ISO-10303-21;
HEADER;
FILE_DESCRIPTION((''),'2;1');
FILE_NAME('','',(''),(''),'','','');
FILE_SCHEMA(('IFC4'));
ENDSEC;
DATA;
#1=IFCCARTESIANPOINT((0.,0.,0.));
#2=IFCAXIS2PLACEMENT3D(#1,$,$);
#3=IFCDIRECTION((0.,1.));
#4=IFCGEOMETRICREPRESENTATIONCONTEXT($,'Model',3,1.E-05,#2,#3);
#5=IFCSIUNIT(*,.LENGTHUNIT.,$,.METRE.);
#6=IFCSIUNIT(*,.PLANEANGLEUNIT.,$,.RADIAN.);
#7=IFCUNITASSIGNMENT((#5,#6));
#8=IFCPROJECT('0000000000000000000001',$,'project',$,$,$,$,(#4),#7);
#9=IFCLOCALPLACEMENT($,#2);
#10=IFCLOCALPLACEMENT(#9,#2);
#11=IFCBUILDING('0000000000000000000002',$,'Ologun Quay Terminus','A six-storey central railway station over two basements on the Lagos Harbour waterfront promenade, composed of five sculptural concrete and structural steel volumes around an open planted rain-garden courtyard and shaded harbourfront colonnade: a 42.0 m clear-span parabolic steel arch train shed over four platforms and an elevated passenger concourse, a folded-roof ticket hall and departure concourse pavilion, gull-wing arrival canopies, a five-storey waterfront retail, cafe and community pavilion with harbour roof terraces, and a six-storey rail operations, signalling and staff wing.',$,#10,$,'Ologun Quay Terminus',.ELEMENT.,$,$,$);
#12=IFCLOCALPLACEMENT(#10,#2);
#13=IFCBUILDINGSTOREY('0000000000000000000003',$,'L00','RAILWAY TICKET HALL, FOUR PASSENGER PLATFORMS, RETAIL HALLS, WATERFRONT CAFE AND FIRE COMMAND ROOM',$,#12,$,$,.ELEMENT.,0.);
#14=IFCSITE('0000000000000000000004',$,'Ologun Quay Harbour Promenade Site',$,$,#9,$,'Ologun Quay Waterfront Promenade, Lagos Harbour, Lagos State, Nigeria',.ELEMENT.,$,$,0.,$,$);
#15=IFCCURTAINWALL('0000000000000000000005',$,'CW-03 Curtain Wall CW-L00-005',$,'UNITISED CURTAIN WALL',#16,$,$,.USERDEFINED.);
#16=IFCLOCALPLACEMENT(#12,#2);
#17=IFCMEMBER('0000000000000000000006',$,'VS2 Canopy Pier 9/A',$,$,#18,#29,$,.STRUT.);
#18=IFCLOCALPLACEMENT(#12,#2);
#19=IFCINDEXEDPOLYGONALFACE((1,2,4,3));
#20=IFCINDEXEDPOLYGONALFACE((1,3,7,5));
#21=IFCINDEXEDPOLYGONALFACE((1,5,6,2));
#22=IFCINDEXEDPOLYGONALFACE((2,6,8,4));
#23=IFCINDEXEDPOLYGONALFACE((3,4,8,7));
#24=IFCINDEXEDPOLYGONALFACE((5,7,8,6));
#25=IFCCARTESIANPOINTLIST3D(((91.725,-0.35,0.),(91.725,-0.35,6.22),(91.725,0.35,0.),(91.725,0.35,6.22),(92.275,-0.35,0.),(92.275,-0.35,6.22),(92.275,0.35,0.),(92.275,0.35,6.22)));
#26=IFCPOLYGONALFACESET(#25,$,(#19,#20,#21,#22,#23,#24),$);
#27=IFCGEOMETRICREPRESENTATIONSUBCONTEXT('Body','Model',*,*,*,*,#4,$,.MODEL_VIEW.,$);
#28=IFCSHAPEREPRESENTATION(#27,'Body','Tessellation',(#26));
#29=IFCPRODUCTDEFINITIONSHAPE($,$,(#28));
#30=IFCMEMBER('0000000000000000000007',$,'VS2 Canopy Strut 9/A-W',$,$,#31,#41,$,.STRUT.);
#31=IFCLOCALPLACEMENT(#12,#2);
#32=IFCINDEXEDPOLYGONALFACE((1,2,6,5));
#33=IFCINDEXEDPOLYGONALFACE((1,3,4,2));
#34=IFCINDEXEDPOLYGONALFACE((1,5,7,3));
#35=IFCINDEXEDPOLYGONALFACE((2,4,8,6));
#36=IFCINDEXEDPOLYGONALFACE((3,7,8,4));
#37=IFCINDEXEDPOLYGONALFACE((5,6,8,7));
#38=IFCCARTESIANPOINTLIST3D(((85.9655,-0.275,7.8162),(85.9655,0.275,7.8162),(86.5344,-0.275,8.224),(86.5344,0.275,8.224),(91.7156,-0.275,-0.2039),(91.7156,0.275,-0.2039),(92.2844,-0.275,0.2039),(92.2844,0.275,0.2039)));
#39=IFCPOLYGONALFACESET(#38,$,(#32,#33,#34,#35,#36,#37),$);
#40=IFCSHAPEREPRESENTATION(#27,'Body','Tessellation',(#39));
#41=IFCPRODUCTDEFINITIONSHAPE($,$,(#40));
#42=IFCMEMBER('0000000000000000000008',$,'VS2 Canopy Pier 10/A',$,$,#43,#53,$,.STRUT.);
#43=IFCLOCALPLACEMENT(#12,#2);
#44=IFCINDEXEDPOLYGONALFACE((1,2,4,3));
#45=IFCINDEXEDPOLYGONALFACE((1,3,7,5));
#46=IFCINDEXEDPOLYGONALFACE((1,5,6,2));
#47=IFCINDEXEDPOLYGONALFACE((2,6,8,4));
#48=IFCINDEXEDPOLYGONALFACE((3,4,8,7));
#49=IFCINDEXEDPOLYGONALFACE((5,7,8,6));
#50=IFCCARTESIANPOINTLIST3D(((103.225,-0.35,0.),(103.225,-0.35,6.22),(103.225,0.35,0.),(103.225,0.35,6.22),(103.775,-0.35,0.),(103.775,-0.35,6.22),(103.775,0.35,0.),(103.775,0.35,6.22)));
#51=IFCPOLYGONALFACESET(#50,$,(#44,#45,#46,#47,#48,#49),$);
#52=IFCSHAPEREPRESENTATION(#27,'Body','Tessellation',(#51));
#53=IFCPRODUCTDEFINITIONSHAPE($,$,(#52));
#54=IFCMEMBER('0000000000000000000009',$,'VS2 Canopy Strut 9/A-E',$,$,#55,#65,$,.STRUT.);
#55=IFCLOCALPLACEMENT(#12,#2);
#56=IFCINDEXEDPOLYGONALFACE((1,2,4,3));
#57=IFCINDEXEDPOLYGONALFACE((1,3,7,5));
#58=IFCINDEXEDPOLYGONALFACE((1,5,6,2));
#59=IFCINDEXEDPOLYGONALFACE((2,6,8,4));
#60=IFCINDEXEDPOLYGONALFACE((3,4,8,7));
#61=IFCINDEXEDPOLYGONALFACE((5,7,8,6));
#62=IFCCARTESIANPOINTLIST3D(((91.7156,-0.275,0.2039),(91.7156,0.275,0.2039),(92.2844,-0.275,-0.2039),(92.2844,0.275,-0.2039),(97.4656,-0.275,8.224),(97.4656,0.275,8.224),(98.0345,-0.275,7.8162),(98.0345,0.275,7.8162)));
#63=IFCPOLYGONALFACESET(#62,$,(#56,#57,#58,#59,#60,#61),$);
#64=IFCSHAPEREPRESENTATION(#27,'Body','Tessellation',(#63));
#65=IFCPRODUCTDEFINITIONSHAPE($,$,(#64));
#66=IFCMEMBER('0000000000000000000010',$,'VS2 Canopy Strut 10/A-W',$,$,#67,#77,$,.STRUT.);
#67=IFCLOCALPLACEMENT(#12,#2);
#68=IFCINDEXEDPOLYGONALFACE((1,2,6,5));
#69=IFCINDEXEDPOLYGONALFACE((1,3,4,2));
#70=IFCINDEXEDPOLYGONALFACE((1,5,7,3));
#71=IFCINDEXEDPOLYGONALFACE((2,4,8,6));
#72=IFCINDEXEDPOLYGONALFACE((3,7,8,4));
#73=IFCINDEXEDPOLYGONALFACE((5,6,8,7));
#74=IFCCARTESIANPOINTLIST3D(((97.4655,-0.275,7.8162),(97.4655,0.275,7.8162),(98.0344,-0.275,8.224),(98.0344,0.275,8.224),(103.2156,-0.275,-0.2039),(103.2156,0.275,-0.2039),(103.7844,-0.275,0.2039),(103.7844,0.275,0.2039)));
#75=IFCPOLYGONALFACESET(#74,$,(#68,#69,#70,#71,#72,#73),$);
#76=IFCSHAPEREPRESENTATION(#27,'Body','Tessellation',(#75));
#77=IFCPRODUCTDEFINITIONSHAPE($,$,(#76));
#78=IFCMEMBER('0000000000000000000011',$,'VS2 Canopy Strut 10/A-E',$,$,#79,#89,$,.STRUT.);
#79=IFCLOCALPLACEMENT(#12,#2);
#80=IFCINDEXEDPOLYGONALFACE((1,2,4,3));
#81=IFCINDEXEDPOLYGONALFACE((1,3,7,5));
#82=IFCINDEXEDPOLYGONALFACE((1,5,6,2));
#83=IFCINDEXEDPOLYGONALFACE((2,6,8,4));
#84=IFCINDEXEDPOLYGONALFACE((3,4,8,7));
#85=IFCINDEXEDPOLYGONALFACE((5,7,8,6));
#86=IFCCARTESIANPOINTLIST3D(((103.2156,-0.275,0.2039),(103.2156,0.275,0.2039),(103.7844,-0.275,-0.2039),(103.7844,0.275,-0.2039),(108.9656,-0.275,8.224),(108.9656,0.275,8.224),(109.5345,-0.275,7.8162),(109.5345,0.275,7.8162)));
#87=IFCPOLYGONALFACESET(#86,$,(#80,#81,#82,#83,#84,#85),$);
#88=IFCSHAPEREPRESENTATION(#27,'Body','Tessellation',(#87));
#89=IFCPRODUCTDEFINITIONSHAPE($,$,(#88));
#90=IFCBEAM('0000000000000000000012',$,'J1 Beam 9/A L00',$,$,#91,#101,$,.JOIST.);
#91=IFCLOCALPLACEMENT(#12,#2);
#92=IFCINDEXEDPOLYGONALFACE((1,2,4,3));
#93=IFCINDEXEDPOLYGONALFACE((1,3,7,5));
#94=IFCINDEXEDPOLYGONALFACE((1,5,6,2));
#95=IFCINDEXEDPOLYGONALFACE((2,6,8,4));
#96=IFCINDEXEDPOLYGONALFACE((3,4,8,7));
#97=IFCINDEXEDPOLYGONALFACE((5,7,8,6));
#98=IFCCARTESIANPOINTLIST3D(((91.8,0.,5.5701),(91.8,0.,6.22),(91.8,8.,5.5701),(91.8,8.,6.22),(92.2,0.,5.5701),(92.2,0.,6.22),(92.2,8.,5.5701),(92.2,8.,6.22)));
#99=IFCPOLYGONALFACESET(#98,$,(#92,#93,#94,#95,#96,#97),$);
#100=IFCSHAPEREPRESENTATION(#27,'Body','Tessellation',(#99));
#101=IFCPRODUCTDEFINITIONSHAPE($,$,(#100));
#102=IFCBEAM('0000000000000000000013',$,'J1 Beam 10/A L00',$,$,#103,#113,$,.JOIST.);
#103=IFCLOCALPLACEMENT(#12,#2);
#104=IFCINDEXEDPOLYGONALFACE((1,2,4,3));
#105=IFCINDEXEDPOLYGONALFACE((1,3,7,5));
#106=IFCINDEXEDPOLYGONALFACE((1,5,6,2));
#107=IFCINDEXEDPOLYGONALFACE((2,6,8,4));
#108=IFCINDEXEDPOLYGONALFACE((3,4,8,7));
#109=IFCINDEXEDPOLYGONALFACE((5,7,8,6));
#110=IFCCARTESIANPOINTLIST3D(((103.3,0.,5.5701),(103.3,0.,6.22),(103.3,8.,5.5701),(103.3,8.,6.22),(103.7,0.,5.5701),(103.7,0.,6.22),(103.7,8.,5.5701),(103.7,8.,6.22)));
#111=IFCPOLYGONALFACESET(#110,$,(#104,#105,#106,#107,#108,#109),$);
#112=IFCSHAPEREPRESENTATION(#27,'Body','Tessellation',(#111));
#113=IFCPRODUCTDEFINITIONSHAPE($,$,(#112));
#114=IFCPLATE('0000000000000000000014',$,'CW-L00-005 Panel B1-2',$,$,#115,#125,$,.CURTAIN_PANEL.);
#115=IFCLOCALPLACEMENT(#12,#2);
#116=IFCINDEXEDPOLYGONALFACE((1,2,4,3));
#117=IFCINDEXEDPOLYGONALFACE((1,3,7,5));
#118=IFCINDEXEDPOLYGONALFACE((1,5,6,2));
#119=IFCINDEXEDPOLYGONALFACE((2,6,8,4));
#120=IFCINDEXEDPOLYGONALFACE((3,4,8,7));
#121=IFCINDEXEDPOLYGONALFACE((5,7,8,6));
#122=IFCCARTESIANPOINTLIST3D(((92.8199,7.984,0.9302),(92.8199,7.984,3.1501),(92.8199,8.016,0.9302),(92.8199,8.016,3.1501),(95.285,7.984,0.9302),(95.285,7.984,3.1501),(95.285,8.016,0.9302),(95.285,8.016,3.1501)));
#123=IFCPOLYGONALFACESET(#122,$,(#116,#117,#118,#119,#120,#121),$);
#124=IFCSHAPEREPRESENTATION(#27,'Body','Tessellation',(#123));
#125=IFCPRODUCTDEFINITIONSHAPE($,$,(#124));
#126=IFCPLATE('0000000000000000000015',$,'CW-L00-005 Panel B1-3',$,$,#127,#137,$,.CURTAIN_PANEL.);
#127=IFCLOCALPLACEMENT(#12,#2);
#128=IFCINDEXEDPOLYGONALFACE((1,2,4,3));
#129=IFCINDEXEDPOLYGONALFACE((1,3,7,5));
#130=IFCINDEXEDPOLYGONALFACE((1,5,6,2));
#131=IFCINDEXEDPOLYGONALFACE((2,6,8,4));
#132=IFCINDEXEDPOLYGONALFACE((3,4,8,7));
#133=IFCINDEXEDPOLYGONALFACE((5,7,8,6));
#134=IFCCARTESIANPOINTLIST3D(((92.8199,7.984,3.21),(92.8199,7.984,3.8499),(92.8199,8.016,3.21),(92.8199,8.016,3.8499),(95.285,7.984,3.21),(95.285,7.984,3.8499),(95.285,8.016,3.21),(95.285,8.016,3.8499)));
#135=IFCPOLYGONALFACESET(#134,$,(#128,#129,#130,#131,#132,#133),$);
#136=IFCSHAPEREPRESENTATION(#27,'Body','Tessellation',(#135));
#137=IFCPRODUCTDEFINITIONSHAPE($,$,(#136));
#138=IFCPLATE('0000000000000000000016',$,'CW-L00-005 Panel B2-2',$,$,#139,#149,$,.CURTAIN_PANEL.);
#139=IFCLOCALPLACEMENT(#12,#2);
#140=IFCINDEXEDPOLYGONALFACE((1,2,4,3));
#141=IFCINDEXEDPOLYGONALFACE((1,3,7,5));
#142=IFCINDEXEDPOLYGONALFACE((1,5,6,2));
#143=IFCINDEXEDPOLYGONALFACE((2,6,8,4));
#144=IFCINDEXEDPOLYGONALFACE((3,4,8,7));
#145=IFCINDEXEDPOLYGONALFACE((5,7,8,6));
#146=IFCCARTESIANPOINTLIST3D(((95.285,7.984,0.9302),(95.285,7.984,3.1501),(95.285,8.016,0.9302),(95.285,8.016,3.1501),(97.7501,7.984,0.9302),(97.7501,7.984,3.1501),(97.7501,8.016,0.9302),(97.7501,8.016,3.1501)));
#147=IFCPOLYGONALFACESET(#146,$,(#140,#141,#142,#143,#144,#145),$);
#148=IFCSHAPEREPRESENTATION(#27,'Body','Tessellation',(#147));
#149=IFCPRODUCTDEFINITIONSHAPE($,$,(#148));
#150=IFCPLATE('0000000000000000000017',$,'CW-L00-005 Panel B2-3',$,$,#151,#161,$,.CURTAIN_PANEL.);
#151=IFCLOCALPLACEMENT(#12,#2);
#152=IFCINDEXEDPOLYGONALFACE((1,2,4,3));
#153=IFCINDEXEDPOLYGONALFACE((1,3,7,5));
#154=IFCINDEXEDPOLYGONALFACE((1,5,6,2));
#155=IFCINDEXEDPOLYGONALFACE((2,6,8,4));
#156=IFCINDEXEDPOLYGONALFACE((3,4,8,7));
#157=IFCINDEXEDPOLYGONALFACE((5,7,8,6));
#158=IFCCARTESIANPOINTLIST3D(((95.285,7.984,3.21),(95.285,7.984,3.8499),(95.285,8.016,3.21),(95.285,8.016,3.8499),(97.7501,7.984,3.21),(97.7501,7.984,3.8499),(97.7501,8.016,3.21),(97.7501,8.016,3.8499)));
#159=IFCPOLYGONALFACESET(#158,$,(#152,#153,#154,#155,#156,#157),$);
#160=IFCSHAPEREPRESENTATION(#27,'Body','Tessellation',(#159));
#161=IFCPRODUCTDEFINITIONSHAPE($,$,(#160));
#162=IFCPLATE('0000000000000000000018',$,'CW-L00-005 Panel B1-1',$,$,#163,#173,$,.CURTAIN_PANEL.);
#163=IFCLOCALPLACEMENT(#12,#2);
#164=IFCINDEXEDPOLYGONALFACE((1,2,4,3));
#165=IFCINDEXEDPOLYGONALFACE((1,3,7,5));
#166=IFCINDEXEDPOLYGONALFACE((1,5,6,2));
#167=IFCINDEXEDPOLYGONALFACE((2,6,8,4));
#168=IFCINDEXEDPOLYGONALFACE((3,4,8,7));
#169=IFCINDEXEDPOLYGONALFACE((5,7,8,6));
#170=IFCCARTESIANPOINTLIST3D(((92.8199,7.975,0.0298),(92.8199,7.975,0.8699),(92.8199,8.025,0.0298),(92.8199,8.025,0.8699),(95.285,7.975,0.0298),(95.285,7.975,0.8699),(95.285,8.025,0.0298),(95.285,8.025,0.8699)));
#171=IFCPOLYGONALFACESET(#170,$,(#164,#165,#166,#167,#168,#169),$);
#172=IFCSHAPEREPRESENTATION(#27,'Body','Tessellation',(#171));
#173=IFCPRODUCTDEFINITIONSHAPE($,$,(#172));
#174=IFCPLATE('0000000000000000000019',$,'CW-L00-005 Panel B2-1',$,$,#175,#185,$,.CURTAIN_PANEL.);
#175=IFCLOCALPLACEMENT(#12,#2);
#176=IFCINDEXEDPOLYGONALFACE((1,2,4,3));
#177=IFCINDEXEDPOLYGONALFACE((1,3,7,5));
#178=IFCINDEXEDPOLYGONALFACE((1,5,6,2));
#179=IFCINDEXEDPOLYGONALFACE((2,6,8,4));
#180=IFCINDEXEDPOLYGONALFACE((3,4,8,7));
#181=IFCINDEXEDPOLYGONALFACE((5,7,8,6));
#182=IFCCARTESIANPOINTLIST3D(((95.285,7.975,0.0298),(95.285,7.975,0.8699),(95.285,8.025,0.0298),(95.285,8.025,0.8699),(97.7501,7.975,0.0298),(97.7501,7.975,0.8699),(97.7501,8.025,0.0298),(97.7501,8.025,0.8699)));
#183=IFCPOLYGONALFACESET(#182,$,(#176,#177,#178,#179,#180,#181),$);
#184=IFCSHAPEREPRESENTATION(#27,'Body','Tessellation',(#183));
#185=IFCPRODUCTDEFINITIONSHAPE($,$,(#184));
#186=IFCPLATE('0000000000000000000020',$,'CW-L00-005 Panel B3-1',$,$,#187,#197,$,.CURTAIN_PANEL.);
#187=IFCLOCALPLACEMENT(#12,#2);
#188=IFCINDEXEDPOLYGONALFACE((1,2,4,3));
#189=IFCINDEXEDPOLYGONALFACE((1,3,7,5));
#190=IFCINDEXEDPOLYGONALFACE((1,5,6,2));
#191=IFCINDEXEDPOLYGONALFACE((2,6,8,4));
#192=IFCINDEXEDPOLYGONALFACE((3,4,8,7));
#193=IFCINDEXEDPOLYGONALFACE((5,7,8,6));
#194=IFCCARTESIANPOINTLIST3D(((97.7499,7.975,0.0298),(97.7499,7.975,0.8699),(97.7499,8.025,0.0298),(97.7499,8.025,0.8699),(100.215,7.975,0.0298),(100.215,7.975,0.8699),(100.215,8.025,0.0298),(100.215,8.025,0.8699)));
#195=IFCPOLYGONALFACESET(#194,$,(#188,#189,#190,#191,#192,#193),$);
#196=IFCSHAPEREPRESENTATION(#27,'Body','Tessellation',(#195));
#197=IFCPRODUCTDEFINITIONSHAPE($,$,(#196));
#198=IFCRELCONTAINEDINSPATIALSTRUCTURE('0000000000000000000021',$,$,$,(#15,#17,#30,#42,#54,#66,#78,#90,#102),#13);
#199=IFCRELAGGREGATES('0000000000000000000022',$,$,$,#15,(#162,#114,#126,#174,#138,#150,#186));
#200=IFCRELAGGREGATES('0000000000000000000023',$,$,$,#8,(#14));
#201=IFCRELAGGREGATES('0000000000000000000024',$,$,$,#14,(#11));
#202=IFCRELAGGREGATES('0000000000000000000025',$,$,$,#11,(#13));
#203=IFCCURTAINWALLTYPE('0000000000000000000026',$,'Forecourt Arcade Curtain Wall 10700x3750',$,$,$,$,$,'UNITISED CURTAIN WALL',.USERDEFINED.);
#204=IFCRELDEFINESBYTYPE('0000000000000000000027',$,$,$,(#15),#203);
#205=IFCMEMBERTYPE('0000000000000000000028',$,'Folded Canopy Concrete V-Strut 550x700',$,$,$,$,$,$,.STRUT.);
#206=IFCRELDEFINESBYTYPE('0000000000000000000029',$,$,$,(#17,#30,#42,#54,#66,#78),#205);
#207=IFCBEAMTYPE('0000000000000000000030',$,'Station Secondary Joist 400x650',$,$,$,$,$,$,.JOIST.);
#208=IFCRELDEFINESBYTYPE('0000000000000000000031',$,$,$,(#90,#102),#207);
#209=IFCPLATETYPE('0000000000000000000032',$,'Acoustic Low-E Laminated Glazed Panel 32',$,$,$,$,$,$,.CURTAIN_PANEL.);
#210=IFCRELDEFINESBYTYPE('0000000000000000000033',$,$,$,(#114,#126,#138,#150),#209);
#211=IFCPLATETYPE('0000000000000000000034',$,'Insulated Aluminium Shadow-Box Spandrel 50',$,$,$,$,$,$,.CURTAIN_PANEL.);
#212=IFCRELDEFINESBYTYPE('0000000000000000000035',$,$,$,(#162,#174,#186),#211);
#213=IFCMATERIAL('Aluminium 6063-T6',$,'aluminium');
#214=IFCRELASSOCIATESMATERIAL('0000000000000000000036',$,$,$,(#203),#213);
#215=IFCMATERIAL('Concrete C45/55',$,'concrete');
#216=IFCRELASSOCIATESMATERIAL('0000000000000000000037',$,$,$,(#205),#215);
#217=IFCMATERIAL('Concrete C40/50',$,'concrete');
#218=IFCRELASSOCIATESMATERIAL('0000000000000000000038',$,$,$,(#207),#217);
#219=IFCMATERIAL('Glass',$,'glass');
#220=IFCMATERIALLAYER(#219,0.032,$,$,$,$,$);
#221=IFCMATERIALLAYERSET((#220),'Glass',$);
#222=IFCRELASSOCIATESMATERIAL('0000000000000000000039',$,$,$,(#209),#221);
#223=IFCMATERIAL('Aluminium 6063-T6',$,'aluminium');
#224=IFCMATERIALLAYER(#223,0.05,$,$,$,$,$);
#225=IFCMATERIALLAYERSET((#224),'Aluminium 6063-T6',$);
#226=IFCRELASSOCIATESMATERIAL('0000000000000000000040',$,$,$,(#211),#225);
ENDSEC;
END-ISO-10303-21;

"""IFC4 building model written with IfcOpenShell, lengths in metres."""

from ifc_helpers import new_model, si_unit, direction, frame, origin, origin_2d, place, context, subcontext, project, spatial, rectangle, extrude, material, layer, layer_set, material_profile, profile_set, type_object, element, aggregate, save


model = new_model("IFC4")

# Units and contexts
model_context = context("Model", 3, precision=1e-05, world=origin(), true_north=direction((0.0, 1.0)))
body_context = subcontext(model_context, "Body", "Model", "MODEL_VIEW")
ifc_project = project(units=[si_unit("LENGTHUNIT", "METRE"), si_unit("PLANEANGLEUNIT", "RADIAN")], contexts=[model_context])

# Site, building, storey
site_placement = place(None, origin())
site = spatial("IfcSite", under=ifc_project, at=site_placement, Name="Ologun Quay Harbour Promenade Site", LongName="Ologun Quay Waterfront Promenade, Lagos Harbour, Lagos State, Nigeria", CompositionType="ELEMENT", RefElevation=0.0)
building_placement = place(site_placement, origin())
building = spatial("IfcBuilding", under=site, at=building_placement, Name="Ologun Quay Terminus", Description="A six-storey central railway station over two basements on the Lagos Harbour waterfront promenade, composed of five sculptural concrete and structural steel volumes around an open planted rain-garden courtyard and shaded harbourfront colonnade: a 42.0 m clear-span parabolic steel arch train shed over four platforms and an elevated passenger concourse, a folded-roof ticket hall and departure concourse pavilion, gull-wing arrival canopies, a five-storey waterfront retail, cafe and community pavilion with harbour roof terraces, and a six-storey rail operations, signalling and staff wing.", LongName="Ologun Quay Terminus", CompositionType="ELEMENT")
storey_placement = place(building_placement, origin())
storey = spatial("IfcBuildingStorey", under=building, at=storey_placement, Name="L00", Description="RAILWAY TICKET HALL, FOUR PASSENGER PLATFORMS, RETAIL HALLS, WATERFRONT CAFE AND FIRE COMMAND ROOM", CompositionType="ELEMENT", Elevation=0.0)

# Curtain wall
ifc_material_1 = material(Name="Aluminium 6063-T6", Category="aluminium")
curtain_wall_type = type_object("IfcCurtainWallType", Name="Forecourt Arcade Curtain Wall 10700x3750", ElementType="UNITISED CURTAIN WALL", PredefinedType="USERDEFINED", material=ifc_material_1)
curtain_wall_placement = place(storey_placement, origin())
curtain_wall = element("IfcCurtainWall", 1, at=curtain_wall_placement, inside=storey, type_object=curtain_wall_type, Name="CW-03 Curtain Wall CW-L00-005", ObjectType="UNITISED CURTAIN WALL", PredefinedType="USERDEFINED")

# Members
ifc_material_2 = material(Name="Concrete C45/55", Category="concrete")
ifc_material_profile_1 = material_profile(ifc_material_2, rectangle(XDim=0.55, YDim=0.7, at=origin_2d()), Name="RC 550x700")
ifc_profile_set_1 = profile_set([ifc_material_profile_1], Name="Concrete C45/55")
member_type_1 = type_object("IfcMemberType", Name="Folded Canopy Concrete V-Strut 550x700", PredefinedType="STRUT", material=ifc_profile_set_1)
member_1_placement = place(storey_placement, frame((92.0, 0.0, 0.0), z_axis=(0.0, 0.0, 1.0), x_axis=(1.0, 0.0, 0.0)))
element("IfcMember", 2, at=member_1_placement, inside=storey, type_object=member_type_1, Name="VS2 Canopy Pier 9/A", PredefinedType="STRUT", context=body_context, shape_type="SweptSolid", body=[
    extrude(rectangle(XDim=0.55, YDim=0.7, at=origin_2d()), origin(), (0.0, 0.0, 1.0), 6.22),
])
member_2_placement = place(storey_placement, frame((92.0, 0.0, 0.0), z_axis=(-0.582674, 0.0, 0.812706), x_axis=(0.0, -1.0, 0.0)))
element("IfcMember", 3, at=member_2_placement, inside=storey, type_object=member_type_1, Name="VS2 Canopy Strut 9/A-W", PredefinedType="STRUT", context=body_context, shape_type="SweptSolid", body=[
    extrude(rectangle(XDim=0.55, YDim=0.7, at=origin_2d()), origin(), (0.0, 0.0, 1.0), 9.8684),
])
member_3_placement = place(storey_placement, frame((103.5, 0.0, 0.0), z_axis=(0.0, 0.0, 1.0), x_axis=(1.0, 0.0, 0.0)))
element("IfcMember", 4, at=member_3_placement, inside=storey, type_object=member_type_1, Name="VS2 Canopy Pier 10/A", PredefinedType="STRUT", context=body_context, shape_type="SweptSolid", body=[
    extrude(rectangle(XDim=0.55, YDim=0.7, at=origin_2d()), origin(), (0.0, 0.0, 1.0), 6.22),
])
for number, where, z_axis, x_axis, name in (
    (5, (92.0, 0.0, 0.0), (0.582674, 0.0, 0.812706), (0.0, 1.0, 0.0), "VS2 Canopy Strut 9/A-E"),
    (6, (103.5, 0.0, 0.0), (-0.582674, 0.0, 0.812706), (0.0, -1.0, 0.0), "VS2 Canopy Strut 10/A-W"),
    (7, (103.5, 0.0, 0.0), (0.582674, 0.0, 0.812706), (0.0, 1.0, 0.0), "VS2 Canopy Strut 10/A-E"),
):
    element("IfcMember", number, at=place(storey_placement, frame(where, z_axis=z_axis, x_axis=x_axis)), inside=storey, type_object=member_type_1, Name=name, PredefinedType="STRUT", context=body_context, shape_type="SweptSolid", body=[
        extrude(rectangle(XDim=0.55, YDim=0.7, at=origin_2d()), origin(), (0.0, 0.0, 1.0), 9.8684),
    ])

# Beams
ifc_material_3 = material(Name="Concrete C40/50", Category="concrete")
ifc_material_profile_2 = material_profile(ifc_material_3, rectangle(XDim=0.3999, YDim=0.6499, at=origin_2d()), Name="RC 400x650")
ifc_profile_set_2 = profile_set([ifc_material_profile_2], Name="Concrete C40/50")
beam_type = type_object("IfcBeamType", Name="Station Secondary Joist 400x650", PredefinedType="JOIST", material=ifc_profile_set_2)
for number, where, z_axis, x_axis, name in (
    (8, (92.0, 0.0, 5.895), (0.0, 1.0, 0.0), (-1.0, 0.0, 0.0), "J1 Beam 9/A L00"),
    (9, (103.5, 0.0, 5.895), (0.0, 1.0, 0.0), (-1.0, 0.0, 0.0), "J1 Beam 10/A L00"),
):
    element("IfcBeam", number, at=place(storey_placement, frame(where, z_axis=z_axis, x_axis=x_axis)), inside=storey, type_object=beam_type, Name=name, PredefinedType="JOIST", context=body_context, shape_type="SweptSolid", body=[
        extrude(rectangle(XDim=0.3999, YDim=0.6499, at=origin_2d()), origin(), (0.0, 0.0, 1.0), 8.0),
    ])

# Plates
ifc_material_4 = material(Name="Glass", Category="glass")
ifc_layer_1 = layer(ifc_material_4, 0.032)
ifc_layer_set_1 = layer_set([ifc_layer_1], Name="Glass")
plate_type_1 = type_object("IfcPlateType", Name="Acoustic Low-E Laminated Glazed Panel 32", PredefinedType="CURTAIN_PANEL", material=ifc_layer_set_1)
plate_1_placement = place(storey_placement, frame((94.0525, 8.0, 0.9302), z_axis=(0.0, 0.0, 1.0), x_axis=(1.0, 0.0, 0.0)))
plate_1 = element("IfcPlate", 10, at=plate_1_placement, type_object=plate_type_1, Name="CW-L00-005 Panel B1-2", PredefinedType="CURTAIN_PANEL", context=body_context, shape_type="SweptSolid", body=[
    extrude(rectangle(XDim=2.4651, YDim=0.032, at=origin_2d()), origin(), (0.0, 0.0, 1.0), 2.22),
])
plate_2_placement = place(storey_placement, frame((94.0525, 8.0, 3.21), z_axis=(0.0, 0.0, 1.0), x_axis=(1.0, 0.0, 0.0)))
plate_2 = element("IfcPlate", 11, at=plate_2_placement, type_object=plate_type_1, Name="CW-L00-005 Panel B1-3", PredefinedType="CURTAIN_PANEL", context=body_context, shape_type="SweptSolid", body=[
    extrude(rectangle(XDim=2.4651, YDim=0.032, at=origin_2d()), origin(), (0.0, 0.0, 1.0), 0.6399),
])
plate_3_placement = place(storey_placement, frame((96.5176, 8.0, 0.9302), z_axis=(0.0, 0.0, 1.0), x_axis=(1.0, 0.0, 0.0)))
plate_3 = element("IfcPlate", 12, at=plate_3_placement, type_object=plate_type_1, Name="CW-L00-005 Panel B2-2", PredefinedType="CURTAIN_PANEL", context=body_context, shape_type="SweptSolid", body=[
    extrude(rectangle(XDim=2.4651, YDim=0.032, at=origin_2d()), origin(), (0.0, 0.0, 1.0), 2.22),
])
plate_4_placement = place(storey_placement, frame((96.5176, 8.0, 3.21), z_axis=(0.0, 0.0, 1.0), x_axis=(1.0, 0.0, 0.0)))
plate_4 = element("IfcPlate", 13, at=plate_4_placement, type_object=plate_type_1, Name="CW-L00-005 Panel B2-3", PredefinedType="CURTAIN_PANEL", context=body_context, shape_type="SweptSolid", body=[
    extrude(rectangle(XDim=2.4651, YDim=0.032, at=origin_2d()), origin(), (0.0, 0.0, 1.0), 0.6399),
])
ifc_material_5 = material(Name="Aluminium 6063-T6", Category="aluminium")
ifc_layer_2 = layer(ifc_material_5, 0.05)
ifc_layer_set_2 = layer_set([ifc_layer_2], Name="Aluminium 6063-T6")
plate_type_2 = type_object("IfcPlateType", Name="Insulated Aluminium Shadow-Box Spandrel 50", PredefinedType="CURTAIN_PANEL", material=ifc_layer_set_2)
plate_5_placement = place(storey_placement, frame((94.0525, 8.0, 0.0298), z_axis=(0.0, 0.0, 1.0), x_axis=(1.0, 0.0, 0.0)))
plate_5 = element("IfcPlate", 14, at=plate_5_placement, type_object=plate_type_2, Name="CW-L00-005 Panel B1-1", PredefinedType="CURTAIN_PANEL", context=body_context, shape_type="SweptSolid", body=[
    extrude(rectangle(XDim=2.4651, YDim=0.05, at=origin_2d()), origin(), (0.0, 0.0, 1.0), 0.8401),
])
plate_6_placement = place(storey_placement, frame((96.5176, 8.0, 0.0298), z_axis=(0.0, 0.0, 1.0), x_axis=(1.0, 0.0, 0.0)))
plate_6 = element("IfcPlate", 15, at=plate_6_placement, type_object=plate_type_2, Name="CW-L00-005 Panel B2-1", PredefinedType="CURTAIN_PANEL", context=body_context, shape_type="SweptSolid", body=[
    extrude(rectangle(XDim=2.4651, YDim=0.05, at=origin_2d()), origin(), (0.0, 0.0, 1.0), 0.8401),
])
plate_7_placement = place(storey_placement, frame((98.9824, 8.0, 0.0298), z_axis=(0.0, 0.0, 1.0), x_axis=(1.0, 0.0, 0.0)))
plate_7 = element("IfcPlate", 16, at=plate_7_placement, type_object=plate_type_2, Name="CW-L00-005 Panel B3-1", PredefinedType="CURTAIN_PANEL", context=body_context, shape_type="SweptSolid", body=[
    extrude(rectangle(XDim=2.4651, YDim=0.05, at=origin_2d()), origin(), (0.0, 0.0, 1.0), 0.8401),
])
aggregate(curtain_wall, [plate_5, plate_1, plate_2, plate_6, plate_3, plate_4, plate_7])

save(model, "model.ifc")
